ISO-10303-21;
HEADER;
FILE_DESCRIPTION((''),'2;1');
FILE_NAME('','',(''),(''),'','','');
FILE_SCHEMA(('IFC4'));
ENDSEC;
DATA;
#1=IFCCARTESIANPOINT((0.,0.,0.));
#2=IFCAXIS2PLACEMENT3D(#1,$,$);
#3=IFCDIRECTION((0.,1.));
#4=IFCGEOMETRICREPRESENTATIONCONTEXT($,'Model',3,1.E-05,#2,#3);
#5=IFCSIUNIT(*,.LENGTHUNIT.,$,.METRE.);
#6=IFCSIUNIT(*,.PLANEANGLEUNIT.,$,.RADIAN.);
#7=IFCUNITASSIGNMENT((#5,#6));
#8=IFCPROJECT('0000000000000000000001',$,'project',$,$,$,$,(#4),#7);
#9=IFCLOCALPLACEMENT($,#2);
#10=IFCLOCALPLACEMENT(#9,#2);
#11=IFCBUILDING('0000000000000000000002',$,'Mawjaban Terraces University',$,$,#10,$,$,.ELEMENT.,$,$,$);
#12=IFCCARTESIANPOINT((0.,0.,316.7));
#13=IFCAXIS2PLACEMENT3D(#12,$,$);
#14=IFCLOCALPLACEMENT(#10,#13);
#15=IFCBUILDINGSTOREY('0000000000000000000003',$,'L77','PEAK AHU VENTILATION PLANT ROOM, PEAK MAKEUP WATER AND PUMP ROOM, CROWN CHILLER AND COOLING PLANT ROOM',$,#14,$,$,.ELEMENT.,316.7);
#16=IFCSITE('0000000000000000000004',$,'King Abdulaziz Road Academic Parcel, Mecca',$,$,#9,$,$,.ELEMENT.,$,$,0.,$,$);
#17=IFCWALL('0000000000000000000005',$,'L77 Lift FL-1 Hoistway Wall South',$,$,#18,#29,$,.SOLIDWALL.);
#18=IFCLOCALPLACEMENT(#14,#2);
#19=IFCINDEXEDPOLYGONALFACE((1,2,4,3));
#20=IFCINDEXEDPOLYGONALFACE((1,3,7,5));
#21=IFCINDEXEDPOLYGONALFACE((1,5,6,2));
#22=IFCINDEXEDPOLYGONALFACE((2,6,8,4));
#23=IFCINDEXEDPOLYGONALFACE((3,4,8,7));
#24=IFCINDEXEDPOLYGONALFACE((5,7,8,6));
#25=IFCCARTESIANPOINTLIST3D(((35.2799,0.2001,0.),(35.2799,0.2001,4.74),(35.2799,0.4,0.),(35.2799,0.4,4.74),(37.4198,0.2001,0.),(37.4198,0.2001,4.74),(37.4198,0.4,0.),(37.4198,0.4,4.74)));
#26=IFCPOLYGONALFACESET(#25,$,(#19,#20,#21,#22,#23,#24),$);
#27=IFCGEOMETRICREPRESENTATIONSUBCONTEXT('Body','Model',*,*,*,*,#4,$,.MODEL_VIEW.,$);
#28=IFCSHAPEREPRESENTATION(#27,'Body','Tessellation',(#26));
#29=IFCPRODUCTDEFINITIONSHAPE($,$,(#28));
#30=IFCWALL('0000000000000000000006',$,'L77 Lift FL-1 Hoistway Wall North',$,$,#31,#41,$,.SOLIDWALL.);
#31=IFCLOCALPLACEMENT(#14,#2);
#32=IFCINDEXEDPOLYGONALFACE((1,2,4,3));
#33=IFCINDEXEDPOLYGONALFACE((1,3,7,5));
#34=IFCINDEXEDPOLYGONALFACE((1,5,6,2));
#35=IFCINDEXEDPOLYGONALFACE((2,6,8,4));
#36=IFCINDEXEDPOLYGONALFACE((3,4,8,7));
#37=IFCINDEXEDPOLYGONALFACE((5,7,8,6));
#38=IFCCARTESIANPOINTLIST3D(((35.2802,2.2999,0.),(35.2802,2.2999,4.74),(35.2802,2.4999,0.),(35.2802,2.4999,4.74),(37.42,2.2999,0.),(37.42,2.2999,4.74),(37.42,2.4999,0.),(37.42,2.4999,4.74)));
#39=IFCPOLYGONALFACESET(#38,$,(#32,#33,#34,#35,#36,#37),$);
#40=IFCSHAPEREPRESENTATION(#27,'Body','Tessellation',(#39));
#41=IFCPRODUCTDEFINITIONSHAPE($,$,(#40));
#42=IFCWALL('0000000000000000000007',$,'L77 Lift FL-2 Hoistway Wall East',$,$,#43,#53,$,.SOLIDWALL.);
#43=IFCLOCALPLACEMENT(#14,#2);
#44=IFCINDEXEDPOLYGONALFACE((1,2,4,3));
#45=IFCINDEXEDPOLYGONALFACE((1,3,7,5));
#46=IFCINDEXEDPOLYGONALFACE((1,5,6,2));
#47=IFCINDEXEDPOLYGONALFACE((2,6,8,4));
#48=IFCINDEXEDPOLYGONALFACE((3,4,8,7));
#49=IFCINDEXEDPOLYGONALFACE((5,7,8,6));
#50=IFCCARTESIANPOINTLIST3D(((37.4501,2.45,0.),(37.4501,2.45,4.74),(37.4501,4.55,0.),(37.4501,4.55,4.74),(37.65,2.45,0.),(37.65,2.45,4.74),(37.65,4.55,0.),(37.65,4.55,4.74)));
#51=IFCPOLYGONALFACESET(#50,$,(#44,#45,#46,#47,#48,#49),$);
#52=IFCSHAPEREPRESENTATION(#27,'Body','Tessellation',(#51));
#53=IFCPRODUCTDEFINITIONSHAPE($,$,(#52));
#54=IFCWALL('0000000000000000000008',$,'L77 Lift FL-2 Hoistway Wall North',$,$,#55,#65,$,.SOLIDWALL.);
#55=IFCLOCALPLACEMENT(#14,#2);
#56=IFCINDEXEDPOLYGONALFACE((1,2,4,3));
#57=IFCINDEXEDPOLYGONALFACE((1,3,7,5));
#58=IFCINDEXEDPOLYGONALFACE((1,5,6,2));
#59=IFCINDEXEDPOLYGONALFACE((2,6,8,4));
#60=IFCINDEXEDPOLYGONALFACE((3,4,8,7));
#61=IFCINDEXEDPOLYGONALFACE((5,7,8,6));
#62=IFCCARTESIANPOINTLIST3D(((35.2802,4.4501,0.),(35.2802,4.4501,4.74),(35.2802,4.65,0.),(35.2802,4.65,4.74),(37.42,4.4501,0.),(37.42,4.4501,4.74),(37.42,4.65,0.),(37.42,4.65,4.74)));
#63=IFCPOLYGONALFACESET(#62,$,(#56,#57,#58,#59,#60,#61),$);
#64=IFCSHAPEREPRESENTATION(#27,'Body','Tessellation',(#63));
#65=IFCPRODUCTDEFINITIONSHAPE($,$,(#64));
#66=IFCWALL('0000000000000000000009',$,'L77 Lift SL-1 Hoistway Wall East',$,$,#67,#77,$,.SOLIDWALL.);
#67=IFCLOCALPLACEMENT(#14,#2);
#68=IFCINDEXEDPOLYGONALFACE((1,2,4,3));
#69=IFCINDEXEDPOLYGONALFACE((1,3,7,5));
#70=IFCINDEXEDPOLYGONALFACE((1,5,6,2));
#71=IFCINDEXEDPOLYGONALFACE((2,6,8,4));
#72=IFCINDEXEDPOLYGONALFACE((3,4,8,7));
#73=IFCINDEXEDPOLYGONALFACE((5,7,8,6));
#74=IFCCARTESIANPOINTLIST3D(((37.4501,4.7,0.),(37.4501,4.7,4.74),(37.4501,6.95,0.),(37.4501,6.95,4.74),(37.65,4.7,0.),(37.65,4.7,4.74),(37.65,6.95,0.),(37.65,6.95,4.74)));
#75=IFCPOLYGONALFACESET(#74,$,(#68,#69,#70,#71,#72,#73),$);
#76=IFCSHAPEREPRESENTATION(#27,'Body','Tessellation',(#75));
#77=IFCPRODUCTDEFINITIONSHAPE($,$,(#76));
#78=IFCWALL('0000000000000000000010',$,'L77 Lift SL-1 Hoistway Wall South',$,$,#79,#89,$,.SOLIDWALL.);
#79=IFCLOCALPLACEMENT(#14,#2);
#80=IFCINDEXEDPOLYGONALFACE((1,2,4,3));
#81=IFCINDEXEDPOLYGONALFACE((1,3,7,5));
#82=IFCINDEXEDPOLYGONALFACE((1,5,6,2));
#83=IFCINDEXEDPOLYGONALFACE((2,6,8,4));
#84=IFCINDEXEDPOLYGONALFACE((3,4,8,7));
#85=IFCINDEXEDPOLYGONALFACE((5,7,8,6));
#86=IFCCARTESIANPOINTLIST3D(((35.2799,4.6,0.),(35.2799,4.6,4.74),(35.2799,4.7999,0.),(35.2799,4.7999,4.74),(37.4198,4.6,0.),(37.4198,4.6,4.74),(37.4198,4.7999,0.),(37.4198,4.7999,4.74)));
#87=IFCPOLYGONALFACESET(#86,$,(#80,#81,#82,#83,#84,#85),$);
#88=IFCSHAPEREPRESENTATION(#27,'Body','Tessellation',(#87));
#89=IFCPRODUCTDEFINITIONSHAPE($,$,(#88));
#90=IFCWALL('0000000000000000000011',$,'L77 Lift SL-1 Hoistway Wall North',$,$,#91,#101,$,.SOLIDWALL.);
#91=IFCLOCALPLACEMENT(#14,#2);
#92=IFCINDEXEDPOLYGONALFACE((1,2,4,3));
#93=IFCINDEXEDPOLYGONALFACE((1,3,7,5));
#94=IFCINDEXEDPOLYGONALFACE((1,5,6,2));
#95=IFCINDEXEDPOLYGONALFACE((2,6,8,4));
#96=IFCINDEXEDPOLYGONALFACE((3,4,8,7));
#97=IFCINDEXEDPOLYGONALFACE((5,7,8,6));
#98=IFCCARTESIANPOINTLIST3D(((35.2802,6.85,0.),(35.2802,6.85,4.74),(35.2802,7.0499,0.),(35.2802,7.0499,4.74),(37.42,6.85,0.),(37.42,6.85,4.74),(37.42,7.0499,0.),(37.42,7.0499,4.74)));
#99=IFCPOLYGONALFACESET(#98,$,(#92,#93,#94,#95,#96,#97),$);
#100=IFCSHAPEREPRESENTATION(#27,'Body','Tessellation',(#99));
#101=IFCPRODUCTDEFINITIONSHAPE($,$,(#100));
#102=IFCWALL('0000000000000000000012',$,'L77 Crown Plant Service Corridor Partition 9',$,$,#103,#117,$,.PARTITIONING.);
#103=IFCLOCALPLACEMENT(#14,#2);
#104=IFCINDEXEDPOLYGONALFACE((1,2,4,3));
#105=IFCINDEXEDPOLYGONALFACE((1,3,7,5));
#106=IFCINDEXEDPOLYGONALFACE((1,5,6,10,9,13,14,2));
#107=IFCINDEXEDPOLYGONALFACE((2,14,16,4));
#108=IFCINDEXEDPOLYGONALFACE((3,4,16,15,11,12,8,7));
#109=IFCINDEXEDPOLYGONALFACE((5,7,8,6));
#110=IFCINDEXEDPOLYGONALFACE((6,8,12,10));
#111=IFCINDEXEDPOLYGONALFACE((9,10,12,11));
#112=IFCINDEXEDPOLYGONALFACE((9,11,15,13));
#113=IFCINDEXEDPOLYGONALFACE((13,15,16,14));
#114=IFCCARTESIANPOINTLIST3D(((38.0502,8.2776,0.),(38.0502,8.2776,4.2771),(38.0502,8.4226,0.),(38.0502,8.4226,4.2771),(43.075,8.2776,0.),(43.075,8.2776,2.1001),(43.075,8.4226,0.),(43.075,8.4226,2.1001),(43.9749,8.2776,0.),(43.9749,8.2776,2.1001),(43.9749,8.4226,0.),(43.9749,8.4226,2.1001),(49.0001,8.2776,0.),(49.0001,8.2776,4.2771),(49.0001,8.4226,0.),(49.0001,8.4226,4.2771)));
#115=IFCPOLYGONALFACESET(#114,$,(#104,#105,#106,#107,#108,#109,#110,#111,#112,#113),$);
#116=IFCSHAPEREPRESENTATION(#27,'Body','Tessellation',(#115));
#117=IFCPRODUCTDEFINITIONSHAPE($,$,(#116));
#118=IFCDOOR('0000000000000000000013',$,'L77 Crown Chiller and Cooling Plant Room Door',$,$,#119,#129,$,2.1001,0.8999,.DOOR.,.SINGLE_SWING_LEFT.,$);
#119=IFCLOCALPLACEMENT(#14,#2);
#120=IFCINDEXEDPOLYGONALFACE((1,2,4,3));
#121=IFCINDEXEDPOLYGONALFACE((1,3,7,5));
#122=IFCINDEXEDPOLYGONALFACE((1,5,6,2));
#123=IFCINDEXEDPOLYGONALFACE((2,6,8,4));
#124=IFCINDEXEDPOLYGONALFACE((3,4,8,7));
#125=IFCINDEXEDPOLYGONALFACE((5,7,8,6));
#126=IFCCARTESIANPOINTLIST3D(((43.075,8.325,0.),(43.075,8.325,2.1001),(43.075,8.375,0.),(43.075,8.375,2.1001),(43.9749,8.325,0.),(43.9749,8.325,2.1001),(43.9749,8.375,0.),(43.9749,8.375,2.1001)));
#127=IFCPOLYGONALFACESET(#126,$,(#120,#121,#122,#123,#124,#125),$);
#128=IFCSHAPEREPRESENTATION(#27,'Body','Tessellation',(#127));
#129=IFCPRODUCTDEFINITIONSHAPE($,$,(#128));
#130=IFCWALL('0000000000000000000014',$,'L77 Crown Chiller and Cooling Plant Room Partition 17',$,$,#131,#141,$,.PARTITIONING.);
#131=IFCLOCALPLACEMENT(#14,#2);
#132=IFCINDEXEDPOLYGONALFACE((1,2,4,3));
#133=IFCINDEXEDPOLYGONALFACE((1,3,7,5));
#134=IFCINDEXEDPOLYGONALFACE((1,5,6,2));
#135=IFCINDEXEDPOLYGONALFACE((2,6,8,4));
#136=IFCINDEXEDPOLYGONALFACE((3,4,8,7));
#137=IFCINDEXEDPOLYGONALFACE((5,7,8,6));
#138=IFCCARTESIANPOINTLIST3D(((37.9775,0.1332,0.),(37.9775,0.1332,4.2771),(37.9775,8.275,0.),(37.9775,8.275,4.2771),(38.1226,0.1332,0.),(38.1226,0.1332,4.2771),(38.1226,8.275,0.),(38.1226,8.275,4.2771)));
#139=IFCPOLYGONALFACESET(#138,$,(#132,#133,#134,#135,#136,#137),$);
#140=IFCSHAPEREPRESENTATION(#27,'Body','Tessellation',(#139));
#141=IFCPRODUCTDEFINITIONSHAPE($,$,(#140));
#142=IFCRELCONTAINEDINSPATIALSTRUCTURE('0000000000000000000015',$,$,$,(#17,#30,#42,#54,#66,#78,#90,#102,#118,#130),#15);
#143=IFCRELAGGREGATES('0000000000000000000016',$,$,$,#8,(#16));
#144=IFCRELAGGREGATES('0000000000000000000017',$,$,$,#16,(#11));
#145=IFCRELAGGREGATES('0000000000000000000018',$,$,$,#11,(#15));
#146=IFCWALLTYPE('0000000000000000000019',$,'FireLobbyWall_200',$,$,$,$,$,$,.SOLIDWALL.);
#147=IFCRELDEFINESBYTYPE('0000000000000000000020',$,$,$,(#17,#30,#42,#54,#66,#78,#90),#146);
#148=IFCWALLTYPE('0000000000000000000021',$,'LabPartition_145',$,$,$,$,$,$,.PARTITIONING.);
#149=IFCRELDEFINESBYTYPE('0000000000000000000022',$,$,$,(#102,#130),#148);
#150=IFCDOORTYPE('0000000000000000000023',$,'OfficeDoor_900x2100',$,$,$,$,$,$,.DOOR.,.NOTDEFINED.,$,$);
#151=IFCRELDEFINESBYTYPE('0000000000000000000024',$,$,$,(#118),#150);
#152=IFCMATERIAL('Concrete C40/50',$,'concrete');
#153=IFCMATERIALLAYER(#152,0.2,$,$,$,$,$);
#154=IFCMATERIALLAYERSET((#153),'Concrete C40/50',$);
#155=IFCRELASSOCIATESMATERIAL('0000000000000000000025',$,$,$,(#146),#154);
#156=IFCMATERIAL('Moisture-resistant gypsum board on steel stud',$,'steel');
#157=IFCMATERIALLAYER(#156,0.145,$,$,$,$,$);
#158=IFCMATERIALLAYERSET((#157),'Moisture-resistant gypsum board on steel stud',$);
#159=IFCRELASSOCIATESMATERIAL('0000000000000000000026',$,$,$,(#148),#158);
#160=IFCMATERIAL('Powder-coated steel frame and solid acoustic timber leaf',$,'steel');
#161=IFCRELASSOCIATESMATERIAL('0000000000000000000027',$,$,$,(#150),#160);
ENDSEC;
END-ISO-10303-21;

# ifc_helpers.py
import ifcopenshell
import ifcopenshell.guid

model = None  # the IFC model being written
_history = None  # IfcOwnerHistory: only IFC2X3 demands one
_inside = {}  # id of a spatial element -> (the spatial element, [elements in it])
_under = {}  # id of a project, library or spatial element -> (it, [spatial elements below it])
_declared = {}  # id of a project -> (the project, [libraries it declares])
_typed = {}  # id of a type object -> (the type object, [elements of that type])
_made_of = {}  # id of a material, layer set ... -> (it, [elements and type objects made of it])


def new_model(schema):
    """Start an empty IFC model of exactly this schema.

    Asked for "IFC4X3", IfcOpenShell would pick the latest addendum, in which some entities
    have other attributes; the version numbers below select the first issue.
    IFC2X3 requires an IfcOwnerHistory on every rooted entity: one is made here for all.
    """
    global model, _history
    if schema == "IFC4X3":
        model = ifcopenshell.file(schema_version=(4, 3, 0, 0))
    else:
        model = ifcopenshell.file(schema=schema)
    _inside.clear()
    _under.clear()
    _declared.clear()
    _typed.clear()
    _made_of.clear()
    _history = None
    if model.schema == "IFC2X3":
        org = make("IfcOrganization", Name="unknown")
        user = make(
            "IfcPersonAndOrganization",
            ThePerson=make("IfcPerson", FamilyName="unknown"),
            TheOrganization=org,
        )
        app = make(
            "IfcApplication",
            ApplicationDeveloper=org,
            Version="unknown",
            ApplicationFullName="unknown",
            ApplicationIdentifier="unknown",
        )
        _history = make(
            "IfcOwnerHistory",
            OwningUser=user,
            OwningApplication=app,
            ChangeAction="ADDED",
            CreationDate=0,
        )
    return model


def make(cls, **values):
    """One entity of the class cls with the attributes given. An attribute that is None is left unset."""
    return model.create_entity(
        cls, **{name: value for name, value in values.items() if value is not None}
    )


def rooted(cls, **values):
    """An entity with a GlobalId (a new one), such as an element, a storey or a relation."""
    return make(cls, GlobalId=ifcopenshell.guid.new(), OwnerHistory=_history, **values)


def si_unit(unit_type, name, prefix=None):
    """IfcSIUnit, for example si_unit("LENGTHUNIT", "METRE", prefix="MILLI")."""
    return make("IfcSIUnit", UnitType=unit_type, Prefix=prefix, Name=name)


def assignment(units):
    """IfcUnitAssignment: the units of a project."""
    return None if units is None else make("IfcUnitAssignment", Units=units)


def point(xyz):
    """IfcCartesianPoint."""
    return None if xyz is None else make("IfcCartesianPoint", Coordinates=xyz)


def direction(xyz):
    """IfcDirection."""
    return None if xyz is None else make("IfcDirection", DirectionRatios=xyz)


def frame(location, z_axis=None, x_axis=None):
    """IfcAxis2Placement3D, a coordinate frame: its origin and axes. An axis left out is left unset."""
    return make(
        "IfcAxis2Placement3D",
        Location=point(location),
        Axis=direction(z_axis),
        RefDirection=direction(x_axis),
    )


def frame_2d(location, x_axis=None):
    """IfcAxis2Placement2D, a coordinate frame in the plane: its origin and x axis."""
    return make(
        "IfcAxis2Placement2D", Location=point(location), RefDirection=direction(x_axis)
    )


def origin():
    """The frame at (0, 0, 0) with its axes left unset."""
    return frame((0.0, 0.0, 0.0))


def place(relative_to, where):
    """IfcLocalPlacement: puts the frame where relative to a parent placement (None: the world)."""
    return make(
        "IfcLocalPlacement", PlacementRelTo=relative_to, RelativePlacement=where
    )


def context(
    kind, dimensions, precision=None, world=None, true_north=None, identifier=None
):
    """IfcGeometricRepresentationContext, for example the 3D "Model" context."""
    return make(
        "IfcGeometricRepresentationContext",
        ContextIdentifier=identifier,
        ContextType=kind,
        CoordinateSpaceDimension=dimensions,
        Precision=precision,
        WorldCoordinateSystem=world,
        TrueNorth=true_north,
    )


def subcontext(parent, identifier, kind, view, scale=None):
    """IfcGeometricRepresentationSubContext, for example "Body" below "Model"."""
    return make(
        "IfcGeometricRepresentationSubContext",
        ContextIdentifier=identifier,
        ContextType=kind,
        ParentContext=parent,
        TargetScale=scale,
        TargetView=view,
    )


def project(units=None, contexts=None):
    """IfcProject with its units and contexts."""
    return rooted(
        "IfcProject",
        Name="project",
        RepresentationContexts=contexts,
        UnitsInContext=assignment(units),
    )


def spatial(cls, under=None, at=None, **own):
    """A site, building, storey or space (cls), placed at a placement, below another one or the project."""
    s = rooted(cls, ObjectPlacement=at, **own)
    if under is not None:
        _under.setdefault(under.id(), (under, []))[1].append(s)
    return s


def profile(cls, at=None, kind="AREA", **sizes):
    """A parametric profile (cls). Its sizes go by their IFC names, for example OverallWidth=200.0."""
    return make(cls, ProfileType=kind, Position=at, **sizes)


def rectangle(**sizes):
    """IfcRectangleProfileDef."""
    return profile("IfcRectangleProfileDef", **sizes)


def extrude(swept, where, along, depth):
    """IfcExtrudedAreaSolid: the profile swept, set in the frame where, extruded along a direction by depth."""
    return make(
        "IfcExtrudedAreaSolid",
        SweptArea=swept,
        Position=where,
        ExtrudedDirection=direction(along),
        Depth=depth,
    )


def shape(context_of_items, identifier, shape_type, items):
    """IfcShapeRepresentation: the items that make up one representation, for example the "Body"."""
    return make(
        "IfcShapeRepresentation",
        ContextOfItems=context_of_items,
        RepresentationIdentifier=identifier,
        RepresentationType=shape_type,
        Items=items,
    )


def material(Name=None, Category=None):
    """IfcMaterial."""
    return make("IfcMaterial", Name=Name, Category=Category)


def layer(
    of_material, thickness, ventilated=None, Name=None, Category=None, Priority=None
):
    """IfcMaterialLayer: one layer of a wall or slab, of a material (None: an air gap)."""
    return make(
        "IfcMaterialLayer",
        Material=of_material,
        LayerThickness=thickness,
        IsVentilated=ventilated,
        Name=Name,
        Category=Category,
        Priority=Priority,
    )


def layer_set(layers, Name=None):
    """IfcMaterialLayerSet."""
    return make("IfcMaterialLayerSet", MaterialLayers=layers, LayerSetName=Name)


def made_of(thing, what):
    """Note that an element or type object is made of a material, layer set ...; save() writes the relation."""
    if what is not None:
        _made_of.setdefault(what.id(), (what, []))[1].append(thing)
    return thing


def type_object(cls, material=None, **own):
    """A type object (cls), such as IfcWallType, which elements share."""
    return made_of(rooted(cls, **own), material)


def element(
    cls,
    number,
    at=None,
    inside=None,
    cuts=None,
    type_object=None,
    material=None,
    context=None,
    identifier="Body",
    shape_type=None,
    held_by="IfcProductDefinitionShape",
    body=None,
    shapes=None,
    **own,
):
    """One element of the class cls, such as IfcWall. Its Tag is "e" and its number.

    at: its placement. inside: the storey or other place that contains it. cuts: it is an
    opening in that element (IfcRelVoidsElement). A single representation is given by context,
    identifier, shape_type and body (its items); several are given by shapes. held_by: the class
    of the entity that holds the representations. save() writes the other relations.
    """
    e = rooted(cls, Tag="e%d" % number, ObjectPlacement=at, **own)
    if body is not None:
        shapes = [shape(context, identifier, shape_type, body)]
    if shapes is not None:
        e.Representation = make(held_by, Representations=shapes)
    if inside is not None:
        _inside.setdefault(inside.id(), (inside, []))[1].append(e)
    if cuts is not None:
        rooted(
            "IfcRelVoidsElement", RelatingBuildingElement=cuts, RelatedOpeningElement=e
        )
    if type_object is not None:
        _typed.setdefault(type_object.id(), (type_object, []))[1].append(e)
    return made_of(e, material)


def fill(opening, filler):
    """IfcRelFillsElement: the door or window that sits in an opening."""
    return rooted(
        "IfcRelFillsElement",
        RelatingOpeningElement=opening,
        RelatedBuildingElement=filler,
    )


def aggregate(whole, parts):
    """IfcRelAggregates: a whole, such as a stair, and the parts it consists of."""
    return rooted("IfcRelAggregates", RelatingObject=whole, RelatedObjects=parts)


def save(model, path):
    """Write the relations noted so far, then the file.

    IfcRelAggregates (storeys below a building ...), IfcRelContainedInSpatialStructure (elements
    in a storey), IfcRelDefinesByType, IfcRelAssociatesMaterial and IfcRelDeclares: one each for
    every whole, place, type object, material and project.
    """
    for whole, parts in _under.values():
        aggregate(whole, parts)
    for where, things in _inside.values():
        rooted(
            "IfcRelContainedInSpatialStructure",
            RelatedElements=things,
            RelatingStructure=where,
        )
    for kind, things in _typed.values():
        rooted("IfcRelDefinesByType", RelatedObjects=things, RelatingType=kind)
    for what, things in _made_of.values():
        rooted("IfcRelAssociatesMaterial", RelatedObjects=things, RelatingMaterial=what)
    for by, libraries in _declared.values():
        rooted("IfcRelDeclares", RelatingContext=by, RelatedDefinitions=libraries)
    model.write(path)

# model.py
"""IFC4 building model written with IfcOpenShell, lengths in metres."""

from ifc_helpers import new_model, si_unit, direction, frame, frame_2d, origin, place, context, subcontext, project, spatial, rectangle, extrude, material, layer, layer_set, type_object, element, fill, save


model = new_model("IFC4")

# Units and contexts
model_context = context("Model", 3, precision=1e-05, world=origin(), true_north=direction((0.0, 1.0)))
body_context = subcontext(model_context, "Body", "Model", "MODEL_VIEW")
ifc_project = project(units=[si_unit("LENGTHUNIT", "METRE"), si_unit("PLANEANGLEUNIT", "RADIAN")], contexts=[model_context])

# Site, building, storey
site_placement = place(None, origin())
site = spatial("IfcSite", under=ifc_project, at=site_placement, Name="King Abdulaziz Road Academic Parcel, Mecca", CompositionType="ELEMENT", RefElevation=0.0)
building_placement = place(site_placement, origin())
building = spatial("IfcBuilding", under=site, at=building_placement, Name="Mawjaban Terraces University", CompositionType="ELEMENT")
storey_placement = place(building_placement, frame((0.0, 0.0, 316.7)))
storey = spatial("IfcBuildingStorey", under=building, at=storey_placement, Name="L77", Description="PEAK AHU VENTILATION PLANT ROOM, PEAK MAKEUP WATER AND PUMP ROOM, CROWN CHILLER AND COOLING PLANT ROOM", CompositionType="ELEMENT", Elevation=316.7)

# Walls
ifc_material_1 = material(Name="Concrete C40/50", Category="concrete")
ifc_layer_1 = layer(ifc_material_1, 0.2)
ifc_layer_set_1 = layer_set([ifc_layer_1], Name="Concrete C40/50")
wall_type_1 = type_object("IfcWallType", Name="FireLobbyWall_200", PredefinedType="SOLIDWALL", material=ifc_layer_set_1)
for number, where, z_axis, x_axis, name in (
    (1, (35.28, 0.3, 0.0), (0.0, 0.0, 1.0), (1.0, 0.0, 0.0), "L77 Lift FL-1 Hoistway Wall South"),
    (2, (37.4199, 2.3999, 0.0), (0.0, 0.0, 1.0), (-1.0, 0.0, 0.0), "L77 Lift FL-1 Hoistway Wall North"),
):
    element("IfcWall", number, at=place(storey_placement, frame(where, z_axis=z_axis, x_axis=x_axis)), inside=storey, type_object=wall_type_1, Name=name, PredefinedType="SOLIDWALL", context=body_context, shape_type="SweptSolid", body=[
        extrude(rectangle(XDim=2.1399, YDim=0.2, at=frame_2d((1.0698, 0.0))), origin(), (0.0, 0.0, 1.0), 4.74),
    ])
wall_1_placement = place(storey_placement, frame((37.55, 2.45, 0.0), z_axis=(0.0, 0.0, 1.0), x_axis=(0.0, 1.0, 0.0)))
element("IfcWall", 3, at=wall_1_placement, inside=storey, type_object=wall_type_1, Name="L77 Lift FL-2 Hoistway Wall East", PredefinedType="SOLIDWALL", context=body_context, shape_type="SweptSolid", body=[
    extrude(rectangle(XDim=2.1001, YDim=0.2, at=frame_2d((1.05, 0.0))), origin(), (0.0, 0.0, 1.0), 4.74),
])
wall_2_placement = place(storey_placement, frame((37.4199, 4.55, 0.0), z_axis=(0.0, 0.0, 1.0), x_axis=(-1.0, 0.0, 0.0)))
element("IfcWall", 4, at=wall_2_placement, inside=storey, type_object=wall_type_1, Name="L77 Lift FL-2 Hoistway Wall North", PredefinedType="SOLIDWALL", context=body_context, shape_type="SweptSolid", body=[
    extrude(rectangle(XDim=2.1399, YDim=0.2, at=frame_2d((1.0698, 0.0))), origin(), (0.0, 0.0, 1.0), 4.74),
])
wall_3_placement = place(storey_placement, frame((37.55, 4.7, 0.0), z_axis=(0.0, 0.0, 1.0), x_axis=(0.0, 1.0, 0.0)))
element("IfcWall", 5, at=wall_3_placement, inside=storey, type_object=wall_type_1, Name="L77 Lift SL-1 Hoistway Wall East", PredefinedType="SOLIDWALL", context=body_context, shape_type="SweptSolid", body=[
    extrude(rectangle(XDim=2.25, YDim=0.2, at=frame_2d((1.125, 0.0))), origin(), (0.0, 0.0, 1.0), 4.74),
])
for number, where, z_axis, x_axis, name in (
    (6, (35.28, 4.7, 0.0), (0.0, 0.0, 1.0), (1.0, 0.0, 0.0), "L77 Lift SL-1 Hoistway Wall South"),
    (7, (37.4199, 6.95, 0.0), (0.0, 0.0, 1.0), (-1.0, 0.0, 0.0), "L77 Lift SL-1 Hoistway Wall North"),
):
    element("IfcWall", number, at=place(storey_placement, frame(where, z_axis=z_axis, x_axis=x_axis)), inside=storey, type_object=wall_type_1, Name=name, PredefinedType="SOLIDWALL", context=body_context, shape_type="SweptSolid", body=[
        extrude(rectangle(XDim=2.1399, YDim=0.2, at=frame_2d((1.0698, 0.0))), origin(), (0.0, 0.0, 1.0), 4.74),
    ])

# Wall, opening, door
ifc_material_2 = material(Name="Moisture-resistant gypsum board on steel stud", Category="steel")
ifc_layer_2 = layer(ifc_material_2, 0.145)
ifc_layer_set_2 = layer_set([ifc_layer_2], Name="Moisture-resistant gypsum board on steel stud")
wall_type_2 = type_object("IfcWallType", Name="LabPartition_145", PredefinedType="PARTITIONING", material=ifc_layer_set_2)
wall_4_placement = place(storey_placement, frame((38.05, 8.3501, 0.0), z_axis=(0.0, 0.0, 1.0), x_axis=(1.0, 0.0, 0.0)))
wall_4 = element("IfcWall", 8, at=wall_4_placement, inside=storey, type_object=wall_type_2, Name="L77 Crown Plant Service Corridor Partition 9", PredefinedType="PARTITIONING", context=body_context, shape_type="SweptSolid", body=[
    extrude(rectangle(XDim=10.95, YDim=0.145, at=frame_2d((5.4751, 0.0))), origin(), (0.0, 0.0, 1.0), 4.2771),
])
opening_placement = place(wall_4_placement, frame((5.0249, 0.0, 0.0)))
opening = element("IfcOpeningElement", 9, at=opening_placement, cuts=wall_4, PredefinedType="OPENING", context=body_context, shape_type="SweptSolid", body=[
    extrude(rectangle(XDim=0.8999, YDim=2.1001, at=frame_2d((0.45, 1.05))), frame((0.0, 0.0825, 0.0), z_axis=(0.0, -1.0, 0.0), x_axis=(1.0, 0.0, 0.0)), (0.0, 0.0, 1.0), 0.165),
])
ifc_material_3 = material(Name="Powder-coated steel frame and solid acoustic timber leaf", Category="steel")
door_type = type_object("IfcDoorType", Name="OfficeDoor_900x2100", OperationType="NOTDEFINED", PredefinedType="DOOR", material=ifc_material_3)
door_placement = place(opening_placement, origin())
door = element("IfcDoor", 10, at=door_placement, inside=storey, type_object=door_type, Name="L77 Crown Chiller and Cooling Plant Room Door", OperationType="SINGLE_SWING_LEFT", OverallHeight=2.1001, OverallWidth=0.8999, PredefinedType="DOOR", context=body_context, shape_type="SweptSolid", body=[
    extrude(rectangle(XDim=0.8999, YDim=2.1001, at=frame_2d((0.45, 1.05))), frame((0.0, 0.0249, 0.0), z_axis=(0.0, -1.0, 0.0), x_axis=(1.0, 0.0, 0.0)), (0.0, 0.0, 1.0), 0.05),
])
fill(opening, door)

# Wall
wall_5_placement = place(storey_placement, frame((38.05, 8.2749, 0.0), z_axis=(0.0, 0.0, 1.0), x_axis=(0.0, -1.0, 0.0)))
element("IfcWall", 11, at=wall_5_placement, inside=storey, type_object=wall_type_2, Name="L77 Crown Chiller and Cooling Plant Room Partition 17", PredefinedType="PARTITIONING", context=body_context, shape_type="SweptSolid", body=[
    extrude(rectangle(XDim=8.1418, YDim=0.145, at=frame_2d((4.0708, 0.0))), origin(), (0.0, 0.0, 1.0), 4.2771),
])

save(model, "model.ifc")
